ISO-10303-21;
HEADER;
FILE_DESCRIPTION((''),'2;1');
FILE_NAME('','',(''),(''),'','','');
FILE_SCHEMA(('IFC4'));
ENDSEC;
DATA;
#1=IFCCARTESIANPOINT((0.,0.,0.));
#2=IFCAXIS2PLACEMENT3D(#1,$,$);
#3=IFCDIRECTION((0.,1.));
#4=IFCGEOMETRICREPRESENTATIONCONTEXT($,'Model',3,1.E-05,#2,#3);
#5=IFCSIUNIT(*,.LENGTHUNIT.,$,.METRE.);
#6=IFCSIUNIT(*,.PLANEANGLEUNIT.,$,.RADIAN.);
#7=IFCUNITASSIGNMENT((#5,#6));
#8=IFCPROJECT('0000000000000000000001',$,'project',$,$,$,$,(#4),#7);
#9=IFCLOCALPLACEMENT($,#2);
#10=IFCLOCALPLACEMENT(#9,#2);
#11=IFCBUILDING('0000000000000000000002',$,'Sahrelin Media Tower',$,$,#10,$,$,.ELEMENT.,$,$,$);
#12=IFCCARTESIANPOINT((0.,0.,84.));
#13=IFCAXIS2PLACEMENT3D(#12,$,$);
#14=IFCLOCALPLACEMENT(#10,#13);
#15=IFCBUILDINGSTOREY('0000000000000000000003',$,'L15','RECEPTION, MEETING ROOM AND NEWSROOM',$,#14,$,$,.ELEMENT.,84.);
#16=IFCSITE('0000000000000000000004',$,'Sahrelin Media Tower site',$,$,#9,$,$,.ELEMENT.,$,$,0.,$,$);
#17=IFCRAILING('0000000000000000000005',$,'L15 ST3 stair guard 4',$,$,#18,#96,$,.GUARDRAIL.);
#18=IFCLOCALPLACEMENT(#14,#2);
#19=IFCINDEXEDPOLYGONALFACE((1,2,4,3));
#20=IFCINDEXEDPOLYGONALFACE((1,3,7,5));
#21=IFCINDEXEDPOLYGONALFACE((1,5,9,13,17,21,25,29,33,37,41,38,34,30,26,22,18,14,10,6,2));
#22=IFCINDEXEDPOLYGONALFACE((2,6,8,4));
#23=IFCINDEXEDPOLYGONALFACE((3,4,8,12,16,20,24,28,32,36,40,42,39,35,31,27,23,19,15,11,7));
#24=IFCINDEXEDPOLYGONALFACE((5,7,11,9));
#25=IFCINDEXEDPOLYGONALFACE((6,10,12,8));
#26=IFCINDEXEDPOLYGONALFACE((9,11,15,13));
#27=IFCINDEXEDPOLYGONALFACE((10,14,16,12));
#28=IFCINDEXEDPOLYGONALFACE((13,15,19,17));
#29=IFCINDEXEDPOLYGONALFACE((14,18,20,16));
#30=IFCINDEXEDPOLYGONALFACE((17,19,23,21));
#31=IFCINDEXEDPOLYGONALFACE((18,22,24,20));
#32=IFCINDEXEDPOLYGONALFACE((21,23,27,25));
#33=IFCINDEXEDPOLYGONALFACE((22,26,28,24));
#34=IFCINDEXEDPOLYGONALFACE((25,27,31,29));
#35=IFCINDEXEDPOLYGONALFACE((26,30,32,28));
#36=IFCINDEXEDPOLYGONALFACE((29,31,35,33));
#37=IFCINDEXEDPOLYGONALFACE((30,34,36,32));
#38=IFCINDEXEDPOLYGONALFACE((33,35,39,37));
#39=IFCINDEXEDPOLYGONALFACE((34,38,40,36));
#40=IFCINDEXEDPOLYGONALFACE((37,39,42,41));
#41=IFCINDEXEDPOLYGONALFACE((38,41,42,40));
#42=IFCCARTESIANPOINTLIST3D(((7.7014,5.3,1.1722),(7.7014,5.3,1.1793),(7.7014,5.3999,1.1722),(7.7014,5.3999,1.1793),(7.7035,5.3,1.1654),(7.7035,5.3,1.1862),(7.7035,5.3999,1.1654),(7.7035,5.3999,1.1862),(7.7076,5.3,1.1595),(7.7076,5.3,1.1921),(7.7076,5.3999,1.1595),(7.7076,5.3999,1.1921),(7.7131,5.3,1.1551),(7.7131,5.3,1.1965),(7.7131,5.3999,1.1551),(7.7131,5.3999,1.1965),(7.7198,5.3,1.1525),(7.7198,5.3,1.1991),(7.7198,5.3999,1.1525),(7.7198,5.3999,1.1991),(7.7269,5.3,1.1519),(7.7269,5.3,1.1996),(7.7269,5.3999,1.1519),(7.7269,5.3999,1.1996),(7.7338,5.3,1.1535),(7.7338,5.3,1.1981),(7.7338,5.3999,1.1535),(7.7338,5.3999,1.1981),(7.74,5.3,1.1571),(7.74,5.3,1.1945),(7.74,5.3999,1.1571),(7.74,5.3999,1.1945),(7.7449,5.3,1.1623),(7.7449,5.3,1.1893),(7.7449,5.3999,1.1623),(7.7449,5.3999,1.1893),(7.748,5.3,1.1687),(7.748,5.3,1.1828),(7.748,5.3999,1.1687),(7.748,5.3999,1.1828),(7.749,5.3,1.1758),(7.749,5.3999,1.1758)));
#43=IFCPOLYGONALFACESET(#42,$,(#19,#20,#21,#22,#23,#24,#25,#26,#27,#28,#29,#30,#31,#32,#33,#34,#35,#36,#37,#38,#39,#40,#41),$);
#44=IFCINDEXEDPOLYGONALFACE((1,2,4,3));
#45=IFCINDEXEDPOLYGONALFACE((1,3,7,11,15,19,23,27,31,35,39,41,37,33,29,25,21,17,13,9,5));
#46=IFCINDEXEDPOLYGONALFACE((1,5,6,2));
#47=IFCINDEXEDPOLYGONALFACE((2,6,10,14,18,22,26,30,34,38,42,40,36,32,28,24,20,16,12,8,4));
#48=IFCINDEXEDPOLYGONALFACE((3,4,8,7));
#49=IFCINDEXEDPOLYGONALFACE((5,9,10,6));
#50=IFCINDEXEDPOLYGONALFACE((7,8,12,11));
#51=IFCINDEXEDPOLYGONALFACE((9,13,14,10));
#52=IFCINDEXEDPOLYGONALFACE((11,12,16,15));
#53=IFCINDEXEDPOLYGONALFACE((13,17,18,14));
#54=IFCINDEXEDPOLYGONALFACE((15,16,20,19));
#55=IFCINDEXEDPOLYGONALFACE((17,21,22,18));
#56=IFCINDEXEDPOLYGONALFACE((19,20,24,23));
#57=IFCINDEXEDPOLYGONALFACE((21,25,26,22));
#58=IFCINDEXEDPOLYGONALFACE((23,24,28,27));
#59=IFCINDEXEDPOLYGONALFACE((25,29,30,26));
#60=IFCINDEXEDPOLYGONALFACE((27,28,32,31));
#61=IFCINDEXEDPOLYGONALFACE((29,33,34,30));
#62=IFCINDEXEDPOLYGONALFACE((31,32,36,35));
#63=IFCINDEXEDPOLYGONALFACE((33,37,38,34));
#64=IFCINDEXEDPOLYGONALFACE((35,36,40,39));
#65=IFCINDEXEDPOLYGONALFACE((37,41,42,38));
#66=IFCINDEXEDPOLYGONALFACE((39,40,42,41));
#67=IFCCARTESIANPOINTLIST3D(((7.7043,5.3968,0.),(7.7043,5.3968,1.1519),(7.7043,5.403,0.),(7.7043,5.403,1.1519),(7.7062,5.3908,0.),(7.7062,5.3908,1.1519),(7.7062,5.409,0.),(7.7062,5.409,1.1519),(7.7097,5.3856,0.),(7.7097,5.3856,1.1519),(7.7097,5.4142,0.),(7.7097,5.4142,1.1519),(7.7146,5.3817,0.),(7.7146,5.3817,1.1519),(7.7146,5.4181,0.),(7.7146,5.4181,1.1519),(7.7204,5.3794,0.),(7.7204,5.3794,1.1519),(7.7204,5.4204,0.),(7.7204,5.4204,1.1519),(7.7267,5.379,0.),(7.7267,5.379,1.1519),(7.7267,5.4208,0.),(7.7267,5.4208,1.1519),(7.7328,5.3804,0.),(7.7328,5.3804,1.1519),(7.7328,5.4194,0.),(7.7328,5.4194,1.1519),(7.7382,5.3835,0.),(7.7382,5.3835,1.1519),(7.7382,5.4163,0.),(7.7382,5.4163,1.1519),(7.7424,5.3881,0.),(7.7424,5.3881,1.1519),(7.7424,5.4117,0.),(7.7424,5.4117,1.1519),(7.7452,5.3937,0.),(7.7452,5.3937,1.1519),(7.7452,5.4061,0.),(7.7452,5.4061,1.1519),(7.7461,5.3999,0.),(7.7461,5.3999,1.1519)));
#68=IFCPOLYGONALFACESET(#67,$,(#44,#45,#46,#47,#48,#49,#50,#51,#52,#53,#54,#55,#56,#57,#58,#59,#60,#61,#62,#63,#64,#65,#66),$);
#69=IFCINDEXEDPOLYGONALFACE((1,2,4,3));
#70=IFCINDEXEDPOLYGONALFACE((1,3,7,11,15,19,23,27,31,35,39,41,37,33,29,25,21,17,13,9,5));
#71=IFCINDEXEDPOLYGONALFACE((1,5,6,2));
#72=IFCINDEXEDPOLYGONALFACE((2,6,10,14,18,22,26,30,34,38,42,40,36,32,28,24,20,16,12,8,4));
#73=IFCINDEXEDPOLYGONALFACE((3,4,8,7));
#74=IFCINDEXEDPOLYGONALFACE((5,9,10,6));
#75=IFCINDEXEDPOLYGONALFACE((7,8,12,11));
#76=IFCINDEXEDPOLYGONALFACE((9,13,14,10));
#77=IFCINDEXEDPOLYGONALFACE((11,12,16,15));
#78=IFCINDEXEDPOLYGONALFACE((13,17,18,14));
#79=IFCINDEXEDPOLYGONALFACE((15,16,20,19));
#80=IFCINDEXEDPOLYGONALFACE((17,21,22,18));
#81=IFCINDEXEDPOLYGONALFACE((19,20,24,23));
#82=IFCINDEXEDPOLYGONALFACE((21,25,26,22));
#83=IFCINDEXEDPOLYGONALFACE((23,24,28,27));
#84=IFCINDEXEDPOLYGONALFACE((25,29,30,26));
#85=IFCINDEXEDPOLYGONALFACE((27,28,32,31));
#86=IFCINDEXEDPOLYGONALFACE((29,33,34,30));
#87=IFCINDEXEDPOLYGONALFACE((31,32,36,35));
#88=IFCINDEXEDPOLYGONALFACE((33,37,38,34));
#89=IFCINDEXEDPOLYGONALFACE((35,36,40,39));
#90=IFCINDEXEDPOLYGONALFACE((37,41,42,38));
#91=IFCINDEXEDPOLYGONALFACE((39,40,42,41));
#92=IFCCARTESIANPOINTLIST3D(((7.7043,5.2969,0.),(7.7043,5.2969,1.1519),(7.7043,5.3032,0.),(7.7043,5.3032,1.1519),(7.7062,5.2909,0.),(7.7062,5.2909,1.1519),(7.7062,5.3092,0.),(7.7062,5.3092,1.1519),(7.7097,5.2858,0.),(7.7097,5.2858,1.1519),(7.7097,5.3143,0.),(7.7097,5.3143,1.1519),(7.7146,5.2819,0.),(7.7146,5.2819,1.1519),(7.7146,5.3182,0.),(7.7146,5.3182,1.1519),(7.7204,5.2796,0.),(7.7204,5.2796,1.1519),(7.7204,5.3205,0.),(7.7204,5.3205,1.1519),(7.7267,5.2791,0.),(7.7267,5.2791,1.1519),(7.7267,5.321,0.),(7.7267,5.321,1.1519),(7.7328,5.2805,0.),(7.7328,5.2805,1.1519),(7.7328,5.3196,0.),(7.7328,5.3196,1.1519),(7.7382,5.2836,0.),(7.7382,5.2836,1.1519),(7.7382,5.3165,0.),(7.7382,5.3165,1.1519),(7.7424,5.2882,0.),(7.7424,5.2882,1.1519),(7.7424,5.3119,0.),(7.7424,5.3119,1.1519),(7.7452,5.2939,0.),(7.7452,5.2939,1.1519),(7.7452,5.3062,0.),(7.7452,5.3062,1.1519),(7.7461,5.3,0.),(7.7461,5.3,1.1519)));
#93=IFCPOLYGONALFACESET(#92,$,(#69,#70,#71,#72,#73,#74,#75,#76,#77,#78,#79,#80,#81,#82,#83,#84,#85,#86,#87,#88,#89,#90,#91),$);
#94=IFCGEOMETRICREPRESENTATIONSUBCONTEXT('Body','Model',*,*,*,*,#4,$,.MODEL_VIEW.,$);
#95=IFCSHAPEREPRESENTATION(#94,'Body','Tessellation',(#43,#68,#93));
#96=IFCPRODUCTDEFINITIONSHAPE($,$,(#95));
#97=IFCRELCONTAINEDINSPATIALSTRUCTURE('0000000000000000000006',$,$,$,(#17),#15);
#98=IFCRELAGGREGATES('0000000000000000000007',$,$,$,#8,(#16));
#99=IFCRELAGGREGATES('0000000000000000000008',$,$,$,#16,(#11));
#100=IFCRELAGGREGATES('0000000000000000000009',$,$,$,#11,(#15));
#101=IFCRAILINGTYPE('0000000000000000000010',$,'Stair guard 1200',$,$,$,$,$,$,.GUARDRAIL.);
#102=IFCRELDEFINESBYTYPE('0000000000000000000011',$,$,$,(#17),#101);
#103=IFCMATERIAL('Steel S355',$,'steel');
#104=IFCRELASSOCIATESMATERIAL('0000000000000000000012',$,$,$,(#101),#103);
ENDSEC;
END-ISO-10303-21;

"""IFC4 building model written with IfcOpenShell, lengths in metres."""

from ifc_helpers import new_model, si_unit, direction, frame, origin, origin_2d, place, context, subcontext, project, spatial, circle, extrude, material, type_object, element, save


model = new_model("IFC4")

# Units and contexts
model_context = context("Model", 3, precision=1e-05, world=origin(), true_north=direction((0.0, 1.0)))
body_context = subcontext(model_context, "Body", "Model", "MODEL_VIEW")
ifc_project = project(units=[si_unit("LENGTHUNIT", "METRE"), si_unit("PLANEANGLEUNIT", "RADIAN")], contexts=[model_context])

# Site, building, storey
site_placement = place(None, origin())
site = spatial("IfcSite", under=ifc_project, at=site_placement, Name="Sahrelin Media Tower site", CompositionType="ELEMENT", RefElevation=0.0)
building_placement = place(site_placement, origin())
building = spatial("IfcBuilding", under=site, at=building_placement, Name="Sahrelin Media Tower", CompositionType="ELEMENT")
storey_placement = place(building_placement, frame((0.0, 0.0, 84.0)))
storey = spatial("IfcBuildingStorey", under=building, at=storey_placement, Name="L15", Description="RECEPTION, MEETING ROOM AND NEWSROOM", CompositionType="ELEMENT", Elevation=84.0)

# Shared definitions
ifc_material_1 = material(Name="Steel S355", Category="steel")

# Railing
railing_type_1 = type_object("IfcRailingType", Name="Stair guard 1200", PredefinedType="GUARDRAIL", material=ifc_material_1)
railing_1_placement = place(storey_placement, frame((7.7251, 5.3999, 0.0)))
element("IfcRailing", 1, at=railing_1_placement, inside=storey, type_object=railing_type_1, Name="L15 ST3 stair guard 4", PredefinedType="GUARDRAIL", context=body_context, shape_type="SweptSolid", body=[
    extrude(circle(Radius=0.0239, at=origin_2d()), frame((0.0, 0.0, 1.1758), z_axis=(0.0, -1.0, 0.0), x_axis=(1.0, 0.0, 0.0)), (0.0, 0.0, 1.0), 0.0999),
    extrude(circle(Radius=0.021, at=origin_2d()), origin(), (0.0, 0.0, 1.0), 1.1519),
    extrude(circle(Radius=0.021, at=origin_2d()), frame((0.0, -0.0999, 0.0)), (0.0, 0.0, 1.0), 1.1519),
])

save(model, "model.ifc")
